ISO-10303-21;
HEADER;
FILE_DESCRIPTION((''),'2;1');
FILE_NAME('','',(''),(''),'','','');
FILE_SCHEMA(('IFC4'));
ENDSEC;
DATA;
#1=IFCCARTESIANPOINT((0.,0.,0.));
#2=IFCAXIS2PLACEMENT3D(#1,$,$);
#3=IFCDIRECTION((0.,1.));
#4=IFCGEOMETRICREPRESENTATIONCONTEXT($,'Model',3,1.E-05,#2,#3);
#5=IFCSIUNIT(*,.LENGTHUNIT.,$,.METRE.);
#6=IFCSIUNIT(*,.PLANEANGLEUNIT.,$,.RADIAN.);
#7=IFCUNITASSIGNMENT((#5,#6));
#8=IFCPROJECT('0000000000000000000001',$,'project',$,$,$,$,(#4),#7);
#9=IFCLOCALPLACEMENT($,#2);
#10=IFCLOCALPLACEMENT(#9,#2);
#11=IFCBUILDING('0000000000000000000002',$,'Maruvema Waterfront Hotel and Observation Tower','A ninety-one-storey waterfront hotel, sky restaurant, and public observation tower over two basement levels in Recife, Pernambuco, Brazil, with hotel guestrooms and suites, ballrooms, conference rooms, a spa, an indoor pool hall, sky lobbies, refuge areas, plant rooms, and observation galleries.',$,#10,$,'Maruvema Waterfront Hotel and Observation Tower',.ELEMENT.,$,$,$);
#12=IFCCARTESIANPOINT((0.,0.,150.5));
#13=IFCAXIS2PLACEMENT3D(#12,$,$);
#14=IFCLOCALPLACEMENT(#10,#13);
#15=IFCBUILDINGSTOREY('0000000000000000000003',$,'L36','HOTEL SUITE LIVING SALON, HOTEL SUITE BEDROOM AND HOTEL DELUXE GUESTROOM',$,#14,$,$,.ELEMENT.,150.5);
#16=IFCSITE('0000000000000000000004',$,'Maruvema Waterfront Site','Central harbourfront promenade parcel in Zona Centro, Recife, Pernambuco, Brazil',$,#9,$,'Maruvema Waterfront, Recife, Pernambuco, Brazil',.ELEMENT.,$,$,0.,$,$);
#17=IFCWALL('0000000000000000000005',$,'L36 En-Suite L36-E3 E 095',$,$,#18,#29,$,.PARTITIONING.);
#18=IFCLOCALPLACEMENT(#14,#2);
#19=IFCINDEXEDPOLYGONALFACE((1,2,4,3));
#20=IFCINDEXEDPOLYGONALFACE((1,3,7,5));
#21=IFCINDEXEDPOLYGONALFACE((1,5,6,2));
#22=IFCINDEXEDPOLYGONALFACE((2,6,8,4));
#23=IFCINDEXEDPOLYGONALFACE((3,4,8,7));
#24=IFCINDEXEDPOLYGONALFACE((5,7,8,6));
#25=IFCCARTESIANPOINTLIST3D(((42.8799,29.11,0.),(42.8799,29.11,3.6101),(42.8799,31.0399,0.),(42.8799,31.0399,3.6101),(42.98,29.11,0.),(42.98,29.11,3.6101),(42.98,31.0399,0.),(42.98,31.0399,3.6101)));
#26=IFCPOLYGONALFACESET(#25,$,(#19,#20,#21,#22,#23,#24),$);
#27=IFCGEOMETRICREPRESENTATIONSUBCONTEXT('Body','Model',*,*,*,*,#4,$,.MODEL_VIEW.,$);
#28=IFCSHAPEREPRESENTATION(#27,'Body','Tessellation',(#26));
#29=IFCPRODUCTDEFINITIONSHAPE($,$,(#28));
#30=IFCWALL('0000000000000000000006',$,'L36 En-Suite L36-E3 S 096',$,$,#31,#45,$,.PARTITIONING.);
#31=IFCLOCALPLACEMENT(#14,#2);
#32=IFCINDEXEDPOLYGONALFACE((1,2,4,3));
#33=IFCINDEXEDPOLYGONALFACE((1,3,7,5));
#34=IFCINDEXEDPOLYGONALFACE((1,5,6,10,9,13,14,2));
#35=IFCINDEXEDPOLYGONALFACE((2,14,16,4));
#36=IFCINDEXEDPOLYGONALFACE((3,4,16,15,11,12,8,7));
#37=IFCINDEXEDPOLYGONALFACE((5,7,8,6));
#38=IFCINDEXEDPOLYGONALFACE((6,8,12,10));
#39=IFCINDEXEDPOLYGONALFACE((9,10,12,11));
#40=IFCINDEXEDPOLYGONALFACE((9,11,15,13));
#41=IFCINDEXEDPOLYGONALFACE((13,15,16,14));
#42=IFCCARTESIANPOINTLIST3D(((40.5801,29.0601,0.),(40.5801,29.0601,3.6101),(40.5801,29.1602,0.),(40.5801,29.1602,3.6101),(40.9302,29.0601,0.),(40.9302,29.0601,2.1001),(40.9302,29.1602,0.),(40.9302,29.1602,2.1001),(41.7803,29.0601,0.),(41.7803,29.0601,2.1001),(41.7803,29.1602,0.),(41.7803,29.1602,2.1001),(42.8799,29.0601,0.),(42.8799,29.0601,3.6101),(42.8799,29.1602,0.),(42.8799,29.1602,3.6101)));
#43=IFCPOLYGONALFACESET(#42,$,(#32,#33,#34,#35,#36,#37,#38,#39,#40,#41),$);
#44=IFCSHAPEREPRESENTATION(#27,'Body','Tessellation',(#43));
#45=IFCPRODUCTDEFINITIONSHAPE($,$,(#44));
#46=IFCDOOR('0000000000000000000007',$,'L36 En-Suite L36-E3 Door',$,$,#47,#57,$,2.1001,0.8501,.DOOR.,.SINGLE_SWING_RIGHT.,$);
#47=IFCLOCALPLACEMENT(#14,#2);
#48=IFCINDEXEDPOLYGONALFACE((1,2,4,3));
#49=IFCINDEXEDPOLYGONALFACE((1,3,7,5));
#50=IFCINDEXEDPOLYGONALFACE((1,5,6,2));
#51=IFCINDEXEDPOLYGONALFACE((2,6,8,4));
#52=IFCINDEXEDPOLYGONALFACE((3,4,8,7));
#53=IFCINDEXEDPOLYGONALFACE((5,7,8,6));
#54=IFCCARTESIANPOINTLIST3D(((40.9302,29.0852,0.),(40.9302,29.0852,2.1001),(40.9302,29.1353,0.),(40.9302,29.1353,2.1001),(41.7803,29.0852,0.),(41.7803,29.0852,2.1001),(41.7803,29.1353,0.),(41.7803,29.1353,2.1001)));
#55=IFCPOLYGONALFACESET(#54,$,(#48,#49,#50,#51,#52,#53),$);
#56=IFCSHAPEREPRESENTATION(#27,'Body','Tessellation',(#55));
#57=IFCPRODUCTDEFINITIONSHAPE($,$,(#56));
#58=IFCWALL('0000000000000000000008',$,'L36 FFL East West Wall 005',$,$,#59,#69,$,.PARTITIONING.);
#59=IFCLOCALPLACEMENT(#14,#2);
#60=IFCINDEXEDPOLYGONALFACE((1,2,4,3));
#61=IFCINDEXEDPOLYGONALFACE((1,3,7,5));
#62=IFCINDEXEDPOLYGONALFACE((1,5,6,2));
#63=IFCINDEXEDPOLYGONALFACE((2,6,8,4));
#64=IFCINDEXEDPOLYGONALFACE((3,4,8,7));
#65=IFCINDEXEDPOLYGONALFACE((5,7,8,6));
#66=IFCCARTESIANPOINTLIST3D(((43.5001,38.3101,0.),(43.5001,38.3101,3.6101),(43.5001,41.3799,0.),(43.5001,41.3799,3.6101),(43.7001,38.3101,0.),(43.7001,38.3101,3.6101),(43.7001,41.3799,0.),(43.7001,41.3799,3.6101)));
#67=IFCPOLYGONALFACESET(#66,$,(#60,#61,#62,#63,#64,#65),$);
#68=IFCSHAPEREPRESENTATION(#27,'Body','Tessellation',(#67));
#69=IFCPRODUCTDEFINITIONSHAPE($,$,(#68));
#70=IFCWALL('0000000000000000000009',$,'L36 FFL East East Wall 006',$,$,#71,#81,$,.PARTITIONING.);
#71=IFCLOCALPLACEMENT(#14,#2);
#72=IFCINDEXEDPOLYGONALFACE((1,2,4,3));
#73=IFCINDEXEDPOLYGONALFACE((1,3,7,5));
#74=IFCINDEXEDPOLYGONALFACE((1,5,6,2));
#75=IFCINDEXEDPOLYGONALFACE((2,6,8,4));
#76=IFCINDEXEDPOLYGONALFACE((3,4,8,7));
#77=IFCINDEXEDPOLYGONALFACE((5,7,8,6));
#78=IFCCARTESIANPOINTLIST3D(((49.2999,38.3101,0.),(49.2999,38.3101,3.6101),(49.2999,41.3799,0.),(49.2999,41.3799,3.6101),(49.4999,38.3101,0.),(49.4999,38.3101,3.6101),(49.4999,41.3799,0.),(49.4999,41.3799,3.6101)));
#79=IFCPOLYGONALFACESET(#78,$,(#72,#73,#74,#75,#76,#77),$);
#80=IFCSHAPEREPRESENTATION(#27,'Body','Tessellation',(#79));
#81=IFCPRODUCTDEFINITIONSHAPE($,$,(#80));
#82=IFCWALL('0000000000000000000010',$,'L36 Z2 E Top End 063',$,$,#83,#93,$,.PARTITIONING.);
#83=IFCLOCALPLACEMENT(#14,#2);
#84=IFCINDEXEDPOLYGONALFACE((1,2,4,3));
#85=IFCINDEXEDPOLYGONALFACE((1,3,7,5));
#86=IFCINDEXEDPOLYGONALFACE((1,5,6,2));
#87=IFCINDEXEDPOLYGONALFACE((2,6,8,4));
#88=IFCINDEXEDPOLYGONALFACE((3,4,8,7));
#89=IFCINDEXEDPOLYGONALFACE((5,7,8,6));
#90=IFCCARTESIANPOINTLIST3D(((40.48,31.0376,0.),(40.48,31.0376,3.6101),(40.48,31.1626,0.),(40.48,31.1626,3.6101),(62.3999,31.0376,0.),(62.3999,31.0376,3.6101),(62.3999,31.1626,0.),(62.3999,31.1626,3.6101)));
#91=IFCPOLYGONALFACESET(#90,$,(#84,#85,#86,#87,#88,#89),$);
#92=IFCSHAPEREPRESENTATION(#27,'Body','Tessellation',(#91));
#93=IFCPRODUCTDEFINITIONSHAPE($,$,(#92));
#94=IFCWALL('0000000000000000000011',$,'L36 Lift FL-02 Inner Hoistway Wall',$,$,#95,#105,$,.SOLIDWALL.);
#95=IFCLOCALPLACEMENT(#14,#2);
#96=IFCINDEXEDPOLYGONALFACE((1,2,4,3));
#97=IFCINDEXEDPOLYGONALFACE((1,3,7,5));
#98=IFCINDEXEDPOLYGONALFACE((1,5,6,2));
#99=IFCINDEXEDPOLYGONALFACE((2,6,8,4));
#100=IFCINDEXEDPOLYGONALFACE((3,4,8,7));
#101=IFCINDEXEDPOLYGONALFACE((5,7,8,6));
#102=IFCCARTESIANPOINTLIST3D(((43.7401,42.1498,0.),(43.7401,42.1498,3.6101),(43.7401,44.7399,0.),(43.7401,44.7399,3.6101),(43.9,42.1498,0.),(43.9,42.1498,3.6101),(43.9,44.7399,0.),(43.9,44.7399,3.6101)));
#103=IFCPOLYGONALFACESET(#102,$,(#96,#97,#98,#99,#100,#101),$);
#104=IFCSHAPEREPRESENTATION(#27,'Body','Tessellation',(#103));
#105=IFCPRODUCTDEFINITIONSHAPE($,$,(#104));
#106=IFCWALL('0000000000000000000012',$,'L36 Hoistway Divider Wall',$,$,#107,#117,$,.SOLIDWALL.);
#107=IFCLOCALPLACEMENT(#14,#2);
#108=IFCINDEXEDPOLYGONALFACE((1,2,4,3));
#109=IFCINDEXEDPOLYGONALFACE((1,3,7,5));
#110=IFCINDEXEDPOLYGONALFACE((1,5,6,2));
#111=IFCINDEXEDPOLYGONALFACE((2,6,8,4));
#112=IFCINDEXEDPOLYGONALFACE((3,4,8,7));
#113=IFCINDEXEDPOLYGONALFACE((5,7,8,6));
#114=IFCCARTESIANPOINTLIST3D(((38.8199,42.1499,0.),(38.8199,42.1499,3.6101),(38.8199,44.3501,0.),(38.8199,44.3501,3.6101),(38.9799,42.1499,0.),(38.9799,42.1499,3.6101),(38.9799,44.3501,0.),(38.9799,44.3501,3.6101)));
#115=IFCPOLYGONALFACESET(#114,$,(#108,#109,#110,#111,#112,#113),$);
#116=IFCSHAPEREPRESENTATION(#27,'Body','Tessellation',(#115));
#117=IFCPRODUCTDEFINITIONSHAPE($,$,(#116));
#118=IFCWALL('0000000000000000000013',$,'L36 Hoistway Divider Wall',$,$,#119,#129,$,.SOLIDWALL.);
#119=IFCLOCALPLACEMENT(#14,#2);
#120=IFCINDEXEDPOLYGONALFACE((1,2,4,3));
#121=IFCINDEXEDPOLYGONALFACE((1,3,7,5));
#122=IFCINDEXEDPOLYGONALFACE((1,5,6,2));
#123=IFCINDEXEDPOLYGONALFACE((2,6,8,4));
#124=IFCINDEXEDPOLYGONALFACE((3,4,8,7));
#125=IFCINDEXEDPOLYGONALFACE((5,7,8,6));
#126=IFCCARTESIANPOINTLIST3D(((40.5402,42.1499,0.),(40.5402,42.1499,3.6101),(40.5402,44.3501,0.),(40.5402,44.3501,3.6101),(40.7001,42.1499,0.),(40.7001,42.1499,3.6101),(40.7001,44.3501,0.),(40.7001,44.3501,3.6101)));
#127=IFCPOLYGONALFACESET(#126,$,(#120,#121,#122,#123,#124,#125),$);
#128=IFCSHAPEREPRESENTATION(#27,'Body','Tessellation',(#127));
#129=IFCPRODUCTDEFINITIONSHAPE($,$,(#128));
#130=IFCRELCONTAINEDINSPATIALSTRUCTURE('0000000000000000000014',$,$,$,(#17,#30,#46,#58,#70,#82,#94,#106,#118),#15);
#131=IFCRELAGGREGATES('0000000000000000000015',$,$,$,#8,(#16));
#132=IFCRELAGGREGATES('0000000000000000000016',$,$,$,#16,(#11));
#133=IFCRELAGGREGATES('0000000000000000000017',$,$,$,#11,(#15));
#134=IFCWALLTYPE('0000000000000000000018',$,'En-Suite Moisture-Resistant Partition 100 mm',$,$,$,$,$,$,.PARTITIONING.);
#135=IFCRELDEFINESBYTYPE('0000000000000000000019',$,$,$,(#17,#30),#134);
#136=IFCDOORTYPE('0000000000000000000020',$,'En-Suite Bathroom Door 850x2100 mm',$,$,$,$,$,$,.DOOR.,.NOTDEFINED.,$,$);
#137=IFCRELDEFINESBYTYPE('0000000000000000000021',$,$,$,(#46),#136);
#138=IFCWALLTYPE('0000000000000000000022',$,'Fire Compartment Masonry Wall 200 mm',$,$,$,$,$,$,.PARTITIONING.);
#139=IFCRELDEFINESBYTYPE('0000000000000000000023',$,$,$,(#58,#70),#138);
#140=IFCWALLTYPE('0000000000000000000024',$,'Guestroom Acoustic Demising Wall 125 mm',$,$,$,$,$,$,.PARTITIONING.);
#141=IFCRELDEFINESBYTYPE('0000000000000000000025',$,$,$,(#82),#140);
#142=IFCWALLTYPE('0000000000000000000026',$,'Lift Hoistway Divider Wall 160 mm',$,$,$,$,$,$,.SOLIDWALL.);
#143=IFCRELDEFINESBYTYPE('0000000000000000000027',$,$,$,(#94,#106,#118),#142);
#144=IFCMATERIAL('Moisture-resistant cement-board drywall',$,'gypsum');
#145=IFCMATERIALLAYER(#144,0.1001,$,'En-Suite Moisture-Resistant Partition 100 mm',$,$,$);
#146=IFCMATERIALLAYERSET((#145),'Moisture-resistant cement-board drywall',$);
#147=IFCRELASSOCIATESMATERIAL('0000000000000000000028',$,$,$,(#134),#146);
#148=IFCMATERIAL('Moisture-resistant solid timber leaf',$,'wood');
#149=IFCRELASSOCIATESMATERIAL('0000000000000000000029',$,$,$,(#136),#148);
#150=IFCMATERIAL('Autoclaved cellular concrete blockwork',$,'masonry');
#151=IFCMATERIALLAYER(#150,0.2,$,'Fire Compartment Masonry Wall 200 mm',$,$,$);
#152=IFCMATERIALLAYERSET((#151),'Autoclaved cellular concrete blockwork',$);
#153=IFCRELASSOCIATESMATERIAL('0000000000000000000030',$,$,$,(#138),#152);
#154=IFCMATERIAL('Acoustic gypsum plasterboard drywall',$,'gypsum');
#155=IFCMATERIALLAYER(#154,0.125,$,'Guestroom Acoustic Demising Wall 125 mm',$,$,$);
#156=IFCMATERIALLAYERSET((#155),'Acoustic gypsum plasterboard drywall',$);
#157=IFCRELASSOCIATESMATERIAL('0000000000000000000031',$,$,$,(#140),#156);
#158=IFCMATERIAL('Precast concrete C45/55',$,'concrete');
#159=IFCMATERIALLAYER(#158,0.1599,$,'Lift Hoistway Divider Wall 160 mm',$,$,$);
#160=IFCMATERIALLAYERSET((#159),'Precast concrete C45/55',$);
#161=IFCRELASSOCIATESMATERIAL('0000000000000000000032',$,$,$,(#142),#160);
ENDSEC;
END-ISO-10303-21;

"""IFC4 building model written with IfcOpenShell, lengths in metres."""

from ifc_helpers import new_model, si_unit, direction, frame, frame_2d, origin, place, context, subcontext, project, spatial, rectangle, extrude, material, layer, layer_set, type_object, element, fill, save


model = new_model("IFC4")

# Units and contexts
model_context = context("Model", 3, precision=1e-05, world=origin(), true_north=direction((0.0, 1.0)))
body_context = subcontext(model_context, "Body", "Model", "MODEL_VIEW")
ifc_project = project(units=[si_unit("LENGTHUNIT", "METRE"), si_unit("PLANEANGLEUNIT", "RADIAN")], contexts=[model_context])

# Site, building, storey
site_placement = place(None, origin())
site = spatial("IfcSite", under=ifc_project, at=site_placement, Name="Maruvema Waterfront Site", Description="Central harbourfront promenade parcel in Zona Centro, Recife, Pernambuco, Brazil", LongName="Maruvema Waterfront, Recife, Pernambuco, Brazil", CompositionType="ELEMENT", RefElevation=0.0)
building_placement = place(site_placement, origin())
building = spatial("IfcBuilding", under=site, at=building_placement, Name="Maruvema Waterfront Hotel and Observation Tower", Description="A ninety-one-storey waterfront hotel, sky restaurant, and public observation tower over two basement levels in Recife, Pernambuco, Brazil, with hotel guestrooms and suites, ballrooms, conference rooms, a spa, an indoor pool hall, sky lobbies, refuge areas, plant rooms, and observation galleries.", LongName="Maruvema Waterfront Hotel and Observation Tower", CompositionType="ELEMENT")
storey_placement = place(building_placement, frame((0.0, 0.0, 150.5)))
storey = spatial("IfcBuildingStorey", under=building, at=storey_placement, Name="L36", Description="HOTEL SUITE LIVING SALON, HOTEL SUITE BEDROOM AND HOTEL DELUXE GUESTROOM", CompositionType="ELEMENT", Elevation=150.5)

# Wall
ifc_material_1 = material(Name="Moisture-resistant cement-board drywall", Category="gypsum")
ifc_layer_1 = layer(ifc_material_1, 0.1001, Name="En-Suite Moisture-Resistant Partition 100 mm")
ifc_layer_set_1 = layer_set([ifc_layer_1], Name="Moisture-resistant cement-board drywall")
wall_type_1 = type_object("IfcWallType", Name="En-Suite Moisture-Resistant Partition 100 mm", PredefinedType="PARTITIONING", material=ifc_layer_set_1)
wall_1_placement = place(storey_placement, frame((42.9299, 29.1101, 0.0), z_axis=(0.0, 0.0, 1.0), x_axis=(0.0, 1.0, 0.0)))
element("IfcWall", 1, at=wall_1_placement, inside=storey, type_object=wall_type_1, Name="L36 En-Suite L36-E3 E 095", PredefinedType="PARTITIONING", context=body_context, shape_type="SweptSolid", body=[
    extrude(rectangle(XDim=1.9299, YDim=0.1001, at=frame_2d((0.9648, 0.0))), origin(), (0.0, 0.0, 1.0), 3.6101),
])

# Wall, opening, door
wall_2_placement = place(storey_placement, frame((40.5801, 29.1101, 0.0), z_axis=(0.0, 0.0, 1.0), x_axis=(1.0, 0.0, 0.0)))
wall_2 = element("IfcWall", 2, at=wall_2_placement, inside=storey, type_object=wall_type_1, Name="L36 En-Suite L36-E3 S 096", PredefinedType="PARTITIONING", context=body_context, shape_type="SweptSolid", body=[
    extrude(rectangle(XDim=2.2998, YDim=0.1001, at=frame_2d((1.1499, 0.0))), origin(), (0.0, 0.0, 1.0), 3.6101),
])
opening_1_placement = place(wall_2_placement, frame((0.3501, 0.0, 0.0)))
opening_1 = element("IfcOpeningElement", 3, at=opening_1_placement, cuts=wall_2, PredefinedType="OPENING", context=body_context, shape_type="SweptSolid", body=[
    extrude(rectangle(XDim=0.8501, YDim=2.1001, at=frame_2d((0.425, 1.05))), frame((0.0, 0.0601, 0.0), z_axis=(0.0, -1.0, 0.0), x_axis=(1.0, 0.0, 0.0)), (0.0, 0.0, 1.0), 0.1201),
])
ifc_material_2 = material(Name="Moisture-resistant solid timber leaf", Category="wood")
door_type_1 = type_object("IfcDoorType", Name="En-Suite Bathroom Door 850x2100 mm", OperationType="NOTDEFINED", PredefinedType="DOOR", material=ifc_material_2)
door_1_placement = place(opening_1_placement, frame((0.8501, 0.0, 0.0), z_axis=(0.0, 0.0, 1.0), x_axis=(-1.0, 0.0, 0.0)))
door_1 = element("IfcDoor", 4, at=door_1_placement, inside=storey, type_object=door_type_1, Name="L36 En-Suite L36-E3 Door", OperationType="SINGLE_SWING_RIGHT", OverallHeight=2.1001, OverallWidth=0.8501, PredefinedType="DOOR", context=body_context, shape_type="SweptSolid", body=[
    extrude(rectangle(XDim=0.8501, YDim=2.1001, at=frame_2d((0.425, 1.05))), frame((0.0, 0.0249, 0.0), z_axis=(0.0, -1.0, 0.0), x_axis=(1.0, 0.0, 0.0)), (0.0, 0.0, 1.0), 0.05),
])
fill(opening_1, door_1)
ifc_material_3 = material(Name="Autoclaved cellular concrete blockwork", Category="masonry")
ifc_layer_2 = layer(ifc_material_3, 0.2, Name="Fire Compartment Masonry Wall 200 mm")
ifc_layer_set_2 = layer_set([ifc_layer_2], Name="Autoclaved cellular concrete blockwork")
wall_type_2 = type_object("IfcWallType", Name="Fire Compartment Masonry Wall 200 mm", PredefinedType="PARTITIONING", material=ifc_layer_set_2)

# Walls
for number, where, z_axis, x_axis, name in (
    (5, (43.6001, 38.3101, 0.0), (0.0, 0.0, 1.0), (0.0, 1.0, 0.0), "L36 FFL East West Wall 005"),
    (6, (49.3999, 38.3101, 0.0), (0.0, 0.0, 1.0), (0.0, 1.0, 0.0), "L36 FFL East East Wall 006"),
):
    element("IfcWall", number, at=place(storey_placement, frame(where, z_axis=z_axis, x_axis=x_axis)), inside=storey, type_object=wall_type_2, Name=name, PredefinedType="PARTITIONING", context=body_context, shape_type="SweptSolid", body=[
        extrude(rectangle(XDim=3.0698, YDim=0.2, at=frame_2d((1.5349, 0.0))), origin(), (0.0, 0.0, 1.0), 3.6101),
    ])
ifc_material_4 = material(Name="Acoustic gypsum plasterboard drywall", Category="gypsum")
ifc_layer_3 = layer(ifc_material_4, 0.125, Name="Guestroom Acoustic Demising Wall 125 mm")
ifc_layer_set_3 = layer_set([ifc_layer_3], Name="Acoustic gypsum plasterboard drywall")
wall_type_3 = type_object("IfcWallType", Name="Guestroom Acoustic Demising Wall 125 mm", PredefinedType="PARTITIONING", material=ifc_layer_set_3)
wall_3_placement = place(storey_placement, frame((40.48, 31.1001, 0.0), z_axis=(0.0, 0.0, 1.0), x_axis=(1.0, 0.0, 0.0)))
element("IfcWall", 7, at=wall_3_placement, inside=storey, type_object=wall_type_3, Name="L36 Z2 E Top End 063", PredefinedType="PARTITIONING", context=body_context, shape_type="SweptSolid", body=[
    extrude(rectangle(XDim=21.9199, YDim=0.125, at=frame_2d((10.96, 0.0))), origin(), (0.0, 0.0, 1.0), 3.6101),
])
ifc_material_5 = material(Name="Precast concrete C45/55", Category="concrete")
ifc_layer_4 = layer(ifc_material_5, 0.1599, Name="Lift Hoistway Divider Wall 160 mm")
ifc_layer_set_4 = layer_set([ifc_layer_4], Name="Precast concrete C45/55")
wall_type_4 = type_object("IfcWallType", Name="Lift Hoistway Divider Wall 160 mm", PredefinedType="SOLIDWALL", material=ifc_layer_set_4)
wall_4_placement = place(storey_placement, frame((43.8201, 42.1499, 0.0), z_axis=(0.0, 0.0, 1.0), x_axis=(0.0, 1.0, 0.0)))
element("IfcWall", 8, at=wall_4_placement, inside=storey, type_object=wall_type_4, Name="L36 Lift FL-02 Inner Hoistway Wall", PredefinedType="SOLIDWALL", context=body_context, shape_type="SweptSolid", body=[
    extrude(rectangle(XDim=2.5901, YDim=0.1599, at=frame_2d((1.2949, 0.0))), origin(), (0.0, 0.0, 1.0), 3.6101),
])
for number, where, z_axis, x_axis, name in (
    (9, (38.8999, 42.1499, 0.0), (0.0, 0.0, 1.0), (0.0, 1.0, 0.0), "L36 Hoistway Divider Wall"),
    (10, (40.6201, 42.1499, 0.0), (0.0, 0.0, 1.0), (0.0, 1.0, 0.0), "L36 Hoistway Divider Wall"),
):
    element("IfcWall", number, at=place(storey_placement, frame(where, z_axis=z_axis, x_axis=x_axis)), inside=storey, type_object=wall_type_4, Name=name, PredefinedType="SOLIDWALL", context=body_context, shape_type="SweptSolid", body=[
        extrude(rectangle(XDim=2.2002, YDim=0.1599, at=frame_2d((1.1001, 0.0))), origin(), (0.0, 0.0, 1.0), 3.6101),
    ])

save(model, "model.ifc")
